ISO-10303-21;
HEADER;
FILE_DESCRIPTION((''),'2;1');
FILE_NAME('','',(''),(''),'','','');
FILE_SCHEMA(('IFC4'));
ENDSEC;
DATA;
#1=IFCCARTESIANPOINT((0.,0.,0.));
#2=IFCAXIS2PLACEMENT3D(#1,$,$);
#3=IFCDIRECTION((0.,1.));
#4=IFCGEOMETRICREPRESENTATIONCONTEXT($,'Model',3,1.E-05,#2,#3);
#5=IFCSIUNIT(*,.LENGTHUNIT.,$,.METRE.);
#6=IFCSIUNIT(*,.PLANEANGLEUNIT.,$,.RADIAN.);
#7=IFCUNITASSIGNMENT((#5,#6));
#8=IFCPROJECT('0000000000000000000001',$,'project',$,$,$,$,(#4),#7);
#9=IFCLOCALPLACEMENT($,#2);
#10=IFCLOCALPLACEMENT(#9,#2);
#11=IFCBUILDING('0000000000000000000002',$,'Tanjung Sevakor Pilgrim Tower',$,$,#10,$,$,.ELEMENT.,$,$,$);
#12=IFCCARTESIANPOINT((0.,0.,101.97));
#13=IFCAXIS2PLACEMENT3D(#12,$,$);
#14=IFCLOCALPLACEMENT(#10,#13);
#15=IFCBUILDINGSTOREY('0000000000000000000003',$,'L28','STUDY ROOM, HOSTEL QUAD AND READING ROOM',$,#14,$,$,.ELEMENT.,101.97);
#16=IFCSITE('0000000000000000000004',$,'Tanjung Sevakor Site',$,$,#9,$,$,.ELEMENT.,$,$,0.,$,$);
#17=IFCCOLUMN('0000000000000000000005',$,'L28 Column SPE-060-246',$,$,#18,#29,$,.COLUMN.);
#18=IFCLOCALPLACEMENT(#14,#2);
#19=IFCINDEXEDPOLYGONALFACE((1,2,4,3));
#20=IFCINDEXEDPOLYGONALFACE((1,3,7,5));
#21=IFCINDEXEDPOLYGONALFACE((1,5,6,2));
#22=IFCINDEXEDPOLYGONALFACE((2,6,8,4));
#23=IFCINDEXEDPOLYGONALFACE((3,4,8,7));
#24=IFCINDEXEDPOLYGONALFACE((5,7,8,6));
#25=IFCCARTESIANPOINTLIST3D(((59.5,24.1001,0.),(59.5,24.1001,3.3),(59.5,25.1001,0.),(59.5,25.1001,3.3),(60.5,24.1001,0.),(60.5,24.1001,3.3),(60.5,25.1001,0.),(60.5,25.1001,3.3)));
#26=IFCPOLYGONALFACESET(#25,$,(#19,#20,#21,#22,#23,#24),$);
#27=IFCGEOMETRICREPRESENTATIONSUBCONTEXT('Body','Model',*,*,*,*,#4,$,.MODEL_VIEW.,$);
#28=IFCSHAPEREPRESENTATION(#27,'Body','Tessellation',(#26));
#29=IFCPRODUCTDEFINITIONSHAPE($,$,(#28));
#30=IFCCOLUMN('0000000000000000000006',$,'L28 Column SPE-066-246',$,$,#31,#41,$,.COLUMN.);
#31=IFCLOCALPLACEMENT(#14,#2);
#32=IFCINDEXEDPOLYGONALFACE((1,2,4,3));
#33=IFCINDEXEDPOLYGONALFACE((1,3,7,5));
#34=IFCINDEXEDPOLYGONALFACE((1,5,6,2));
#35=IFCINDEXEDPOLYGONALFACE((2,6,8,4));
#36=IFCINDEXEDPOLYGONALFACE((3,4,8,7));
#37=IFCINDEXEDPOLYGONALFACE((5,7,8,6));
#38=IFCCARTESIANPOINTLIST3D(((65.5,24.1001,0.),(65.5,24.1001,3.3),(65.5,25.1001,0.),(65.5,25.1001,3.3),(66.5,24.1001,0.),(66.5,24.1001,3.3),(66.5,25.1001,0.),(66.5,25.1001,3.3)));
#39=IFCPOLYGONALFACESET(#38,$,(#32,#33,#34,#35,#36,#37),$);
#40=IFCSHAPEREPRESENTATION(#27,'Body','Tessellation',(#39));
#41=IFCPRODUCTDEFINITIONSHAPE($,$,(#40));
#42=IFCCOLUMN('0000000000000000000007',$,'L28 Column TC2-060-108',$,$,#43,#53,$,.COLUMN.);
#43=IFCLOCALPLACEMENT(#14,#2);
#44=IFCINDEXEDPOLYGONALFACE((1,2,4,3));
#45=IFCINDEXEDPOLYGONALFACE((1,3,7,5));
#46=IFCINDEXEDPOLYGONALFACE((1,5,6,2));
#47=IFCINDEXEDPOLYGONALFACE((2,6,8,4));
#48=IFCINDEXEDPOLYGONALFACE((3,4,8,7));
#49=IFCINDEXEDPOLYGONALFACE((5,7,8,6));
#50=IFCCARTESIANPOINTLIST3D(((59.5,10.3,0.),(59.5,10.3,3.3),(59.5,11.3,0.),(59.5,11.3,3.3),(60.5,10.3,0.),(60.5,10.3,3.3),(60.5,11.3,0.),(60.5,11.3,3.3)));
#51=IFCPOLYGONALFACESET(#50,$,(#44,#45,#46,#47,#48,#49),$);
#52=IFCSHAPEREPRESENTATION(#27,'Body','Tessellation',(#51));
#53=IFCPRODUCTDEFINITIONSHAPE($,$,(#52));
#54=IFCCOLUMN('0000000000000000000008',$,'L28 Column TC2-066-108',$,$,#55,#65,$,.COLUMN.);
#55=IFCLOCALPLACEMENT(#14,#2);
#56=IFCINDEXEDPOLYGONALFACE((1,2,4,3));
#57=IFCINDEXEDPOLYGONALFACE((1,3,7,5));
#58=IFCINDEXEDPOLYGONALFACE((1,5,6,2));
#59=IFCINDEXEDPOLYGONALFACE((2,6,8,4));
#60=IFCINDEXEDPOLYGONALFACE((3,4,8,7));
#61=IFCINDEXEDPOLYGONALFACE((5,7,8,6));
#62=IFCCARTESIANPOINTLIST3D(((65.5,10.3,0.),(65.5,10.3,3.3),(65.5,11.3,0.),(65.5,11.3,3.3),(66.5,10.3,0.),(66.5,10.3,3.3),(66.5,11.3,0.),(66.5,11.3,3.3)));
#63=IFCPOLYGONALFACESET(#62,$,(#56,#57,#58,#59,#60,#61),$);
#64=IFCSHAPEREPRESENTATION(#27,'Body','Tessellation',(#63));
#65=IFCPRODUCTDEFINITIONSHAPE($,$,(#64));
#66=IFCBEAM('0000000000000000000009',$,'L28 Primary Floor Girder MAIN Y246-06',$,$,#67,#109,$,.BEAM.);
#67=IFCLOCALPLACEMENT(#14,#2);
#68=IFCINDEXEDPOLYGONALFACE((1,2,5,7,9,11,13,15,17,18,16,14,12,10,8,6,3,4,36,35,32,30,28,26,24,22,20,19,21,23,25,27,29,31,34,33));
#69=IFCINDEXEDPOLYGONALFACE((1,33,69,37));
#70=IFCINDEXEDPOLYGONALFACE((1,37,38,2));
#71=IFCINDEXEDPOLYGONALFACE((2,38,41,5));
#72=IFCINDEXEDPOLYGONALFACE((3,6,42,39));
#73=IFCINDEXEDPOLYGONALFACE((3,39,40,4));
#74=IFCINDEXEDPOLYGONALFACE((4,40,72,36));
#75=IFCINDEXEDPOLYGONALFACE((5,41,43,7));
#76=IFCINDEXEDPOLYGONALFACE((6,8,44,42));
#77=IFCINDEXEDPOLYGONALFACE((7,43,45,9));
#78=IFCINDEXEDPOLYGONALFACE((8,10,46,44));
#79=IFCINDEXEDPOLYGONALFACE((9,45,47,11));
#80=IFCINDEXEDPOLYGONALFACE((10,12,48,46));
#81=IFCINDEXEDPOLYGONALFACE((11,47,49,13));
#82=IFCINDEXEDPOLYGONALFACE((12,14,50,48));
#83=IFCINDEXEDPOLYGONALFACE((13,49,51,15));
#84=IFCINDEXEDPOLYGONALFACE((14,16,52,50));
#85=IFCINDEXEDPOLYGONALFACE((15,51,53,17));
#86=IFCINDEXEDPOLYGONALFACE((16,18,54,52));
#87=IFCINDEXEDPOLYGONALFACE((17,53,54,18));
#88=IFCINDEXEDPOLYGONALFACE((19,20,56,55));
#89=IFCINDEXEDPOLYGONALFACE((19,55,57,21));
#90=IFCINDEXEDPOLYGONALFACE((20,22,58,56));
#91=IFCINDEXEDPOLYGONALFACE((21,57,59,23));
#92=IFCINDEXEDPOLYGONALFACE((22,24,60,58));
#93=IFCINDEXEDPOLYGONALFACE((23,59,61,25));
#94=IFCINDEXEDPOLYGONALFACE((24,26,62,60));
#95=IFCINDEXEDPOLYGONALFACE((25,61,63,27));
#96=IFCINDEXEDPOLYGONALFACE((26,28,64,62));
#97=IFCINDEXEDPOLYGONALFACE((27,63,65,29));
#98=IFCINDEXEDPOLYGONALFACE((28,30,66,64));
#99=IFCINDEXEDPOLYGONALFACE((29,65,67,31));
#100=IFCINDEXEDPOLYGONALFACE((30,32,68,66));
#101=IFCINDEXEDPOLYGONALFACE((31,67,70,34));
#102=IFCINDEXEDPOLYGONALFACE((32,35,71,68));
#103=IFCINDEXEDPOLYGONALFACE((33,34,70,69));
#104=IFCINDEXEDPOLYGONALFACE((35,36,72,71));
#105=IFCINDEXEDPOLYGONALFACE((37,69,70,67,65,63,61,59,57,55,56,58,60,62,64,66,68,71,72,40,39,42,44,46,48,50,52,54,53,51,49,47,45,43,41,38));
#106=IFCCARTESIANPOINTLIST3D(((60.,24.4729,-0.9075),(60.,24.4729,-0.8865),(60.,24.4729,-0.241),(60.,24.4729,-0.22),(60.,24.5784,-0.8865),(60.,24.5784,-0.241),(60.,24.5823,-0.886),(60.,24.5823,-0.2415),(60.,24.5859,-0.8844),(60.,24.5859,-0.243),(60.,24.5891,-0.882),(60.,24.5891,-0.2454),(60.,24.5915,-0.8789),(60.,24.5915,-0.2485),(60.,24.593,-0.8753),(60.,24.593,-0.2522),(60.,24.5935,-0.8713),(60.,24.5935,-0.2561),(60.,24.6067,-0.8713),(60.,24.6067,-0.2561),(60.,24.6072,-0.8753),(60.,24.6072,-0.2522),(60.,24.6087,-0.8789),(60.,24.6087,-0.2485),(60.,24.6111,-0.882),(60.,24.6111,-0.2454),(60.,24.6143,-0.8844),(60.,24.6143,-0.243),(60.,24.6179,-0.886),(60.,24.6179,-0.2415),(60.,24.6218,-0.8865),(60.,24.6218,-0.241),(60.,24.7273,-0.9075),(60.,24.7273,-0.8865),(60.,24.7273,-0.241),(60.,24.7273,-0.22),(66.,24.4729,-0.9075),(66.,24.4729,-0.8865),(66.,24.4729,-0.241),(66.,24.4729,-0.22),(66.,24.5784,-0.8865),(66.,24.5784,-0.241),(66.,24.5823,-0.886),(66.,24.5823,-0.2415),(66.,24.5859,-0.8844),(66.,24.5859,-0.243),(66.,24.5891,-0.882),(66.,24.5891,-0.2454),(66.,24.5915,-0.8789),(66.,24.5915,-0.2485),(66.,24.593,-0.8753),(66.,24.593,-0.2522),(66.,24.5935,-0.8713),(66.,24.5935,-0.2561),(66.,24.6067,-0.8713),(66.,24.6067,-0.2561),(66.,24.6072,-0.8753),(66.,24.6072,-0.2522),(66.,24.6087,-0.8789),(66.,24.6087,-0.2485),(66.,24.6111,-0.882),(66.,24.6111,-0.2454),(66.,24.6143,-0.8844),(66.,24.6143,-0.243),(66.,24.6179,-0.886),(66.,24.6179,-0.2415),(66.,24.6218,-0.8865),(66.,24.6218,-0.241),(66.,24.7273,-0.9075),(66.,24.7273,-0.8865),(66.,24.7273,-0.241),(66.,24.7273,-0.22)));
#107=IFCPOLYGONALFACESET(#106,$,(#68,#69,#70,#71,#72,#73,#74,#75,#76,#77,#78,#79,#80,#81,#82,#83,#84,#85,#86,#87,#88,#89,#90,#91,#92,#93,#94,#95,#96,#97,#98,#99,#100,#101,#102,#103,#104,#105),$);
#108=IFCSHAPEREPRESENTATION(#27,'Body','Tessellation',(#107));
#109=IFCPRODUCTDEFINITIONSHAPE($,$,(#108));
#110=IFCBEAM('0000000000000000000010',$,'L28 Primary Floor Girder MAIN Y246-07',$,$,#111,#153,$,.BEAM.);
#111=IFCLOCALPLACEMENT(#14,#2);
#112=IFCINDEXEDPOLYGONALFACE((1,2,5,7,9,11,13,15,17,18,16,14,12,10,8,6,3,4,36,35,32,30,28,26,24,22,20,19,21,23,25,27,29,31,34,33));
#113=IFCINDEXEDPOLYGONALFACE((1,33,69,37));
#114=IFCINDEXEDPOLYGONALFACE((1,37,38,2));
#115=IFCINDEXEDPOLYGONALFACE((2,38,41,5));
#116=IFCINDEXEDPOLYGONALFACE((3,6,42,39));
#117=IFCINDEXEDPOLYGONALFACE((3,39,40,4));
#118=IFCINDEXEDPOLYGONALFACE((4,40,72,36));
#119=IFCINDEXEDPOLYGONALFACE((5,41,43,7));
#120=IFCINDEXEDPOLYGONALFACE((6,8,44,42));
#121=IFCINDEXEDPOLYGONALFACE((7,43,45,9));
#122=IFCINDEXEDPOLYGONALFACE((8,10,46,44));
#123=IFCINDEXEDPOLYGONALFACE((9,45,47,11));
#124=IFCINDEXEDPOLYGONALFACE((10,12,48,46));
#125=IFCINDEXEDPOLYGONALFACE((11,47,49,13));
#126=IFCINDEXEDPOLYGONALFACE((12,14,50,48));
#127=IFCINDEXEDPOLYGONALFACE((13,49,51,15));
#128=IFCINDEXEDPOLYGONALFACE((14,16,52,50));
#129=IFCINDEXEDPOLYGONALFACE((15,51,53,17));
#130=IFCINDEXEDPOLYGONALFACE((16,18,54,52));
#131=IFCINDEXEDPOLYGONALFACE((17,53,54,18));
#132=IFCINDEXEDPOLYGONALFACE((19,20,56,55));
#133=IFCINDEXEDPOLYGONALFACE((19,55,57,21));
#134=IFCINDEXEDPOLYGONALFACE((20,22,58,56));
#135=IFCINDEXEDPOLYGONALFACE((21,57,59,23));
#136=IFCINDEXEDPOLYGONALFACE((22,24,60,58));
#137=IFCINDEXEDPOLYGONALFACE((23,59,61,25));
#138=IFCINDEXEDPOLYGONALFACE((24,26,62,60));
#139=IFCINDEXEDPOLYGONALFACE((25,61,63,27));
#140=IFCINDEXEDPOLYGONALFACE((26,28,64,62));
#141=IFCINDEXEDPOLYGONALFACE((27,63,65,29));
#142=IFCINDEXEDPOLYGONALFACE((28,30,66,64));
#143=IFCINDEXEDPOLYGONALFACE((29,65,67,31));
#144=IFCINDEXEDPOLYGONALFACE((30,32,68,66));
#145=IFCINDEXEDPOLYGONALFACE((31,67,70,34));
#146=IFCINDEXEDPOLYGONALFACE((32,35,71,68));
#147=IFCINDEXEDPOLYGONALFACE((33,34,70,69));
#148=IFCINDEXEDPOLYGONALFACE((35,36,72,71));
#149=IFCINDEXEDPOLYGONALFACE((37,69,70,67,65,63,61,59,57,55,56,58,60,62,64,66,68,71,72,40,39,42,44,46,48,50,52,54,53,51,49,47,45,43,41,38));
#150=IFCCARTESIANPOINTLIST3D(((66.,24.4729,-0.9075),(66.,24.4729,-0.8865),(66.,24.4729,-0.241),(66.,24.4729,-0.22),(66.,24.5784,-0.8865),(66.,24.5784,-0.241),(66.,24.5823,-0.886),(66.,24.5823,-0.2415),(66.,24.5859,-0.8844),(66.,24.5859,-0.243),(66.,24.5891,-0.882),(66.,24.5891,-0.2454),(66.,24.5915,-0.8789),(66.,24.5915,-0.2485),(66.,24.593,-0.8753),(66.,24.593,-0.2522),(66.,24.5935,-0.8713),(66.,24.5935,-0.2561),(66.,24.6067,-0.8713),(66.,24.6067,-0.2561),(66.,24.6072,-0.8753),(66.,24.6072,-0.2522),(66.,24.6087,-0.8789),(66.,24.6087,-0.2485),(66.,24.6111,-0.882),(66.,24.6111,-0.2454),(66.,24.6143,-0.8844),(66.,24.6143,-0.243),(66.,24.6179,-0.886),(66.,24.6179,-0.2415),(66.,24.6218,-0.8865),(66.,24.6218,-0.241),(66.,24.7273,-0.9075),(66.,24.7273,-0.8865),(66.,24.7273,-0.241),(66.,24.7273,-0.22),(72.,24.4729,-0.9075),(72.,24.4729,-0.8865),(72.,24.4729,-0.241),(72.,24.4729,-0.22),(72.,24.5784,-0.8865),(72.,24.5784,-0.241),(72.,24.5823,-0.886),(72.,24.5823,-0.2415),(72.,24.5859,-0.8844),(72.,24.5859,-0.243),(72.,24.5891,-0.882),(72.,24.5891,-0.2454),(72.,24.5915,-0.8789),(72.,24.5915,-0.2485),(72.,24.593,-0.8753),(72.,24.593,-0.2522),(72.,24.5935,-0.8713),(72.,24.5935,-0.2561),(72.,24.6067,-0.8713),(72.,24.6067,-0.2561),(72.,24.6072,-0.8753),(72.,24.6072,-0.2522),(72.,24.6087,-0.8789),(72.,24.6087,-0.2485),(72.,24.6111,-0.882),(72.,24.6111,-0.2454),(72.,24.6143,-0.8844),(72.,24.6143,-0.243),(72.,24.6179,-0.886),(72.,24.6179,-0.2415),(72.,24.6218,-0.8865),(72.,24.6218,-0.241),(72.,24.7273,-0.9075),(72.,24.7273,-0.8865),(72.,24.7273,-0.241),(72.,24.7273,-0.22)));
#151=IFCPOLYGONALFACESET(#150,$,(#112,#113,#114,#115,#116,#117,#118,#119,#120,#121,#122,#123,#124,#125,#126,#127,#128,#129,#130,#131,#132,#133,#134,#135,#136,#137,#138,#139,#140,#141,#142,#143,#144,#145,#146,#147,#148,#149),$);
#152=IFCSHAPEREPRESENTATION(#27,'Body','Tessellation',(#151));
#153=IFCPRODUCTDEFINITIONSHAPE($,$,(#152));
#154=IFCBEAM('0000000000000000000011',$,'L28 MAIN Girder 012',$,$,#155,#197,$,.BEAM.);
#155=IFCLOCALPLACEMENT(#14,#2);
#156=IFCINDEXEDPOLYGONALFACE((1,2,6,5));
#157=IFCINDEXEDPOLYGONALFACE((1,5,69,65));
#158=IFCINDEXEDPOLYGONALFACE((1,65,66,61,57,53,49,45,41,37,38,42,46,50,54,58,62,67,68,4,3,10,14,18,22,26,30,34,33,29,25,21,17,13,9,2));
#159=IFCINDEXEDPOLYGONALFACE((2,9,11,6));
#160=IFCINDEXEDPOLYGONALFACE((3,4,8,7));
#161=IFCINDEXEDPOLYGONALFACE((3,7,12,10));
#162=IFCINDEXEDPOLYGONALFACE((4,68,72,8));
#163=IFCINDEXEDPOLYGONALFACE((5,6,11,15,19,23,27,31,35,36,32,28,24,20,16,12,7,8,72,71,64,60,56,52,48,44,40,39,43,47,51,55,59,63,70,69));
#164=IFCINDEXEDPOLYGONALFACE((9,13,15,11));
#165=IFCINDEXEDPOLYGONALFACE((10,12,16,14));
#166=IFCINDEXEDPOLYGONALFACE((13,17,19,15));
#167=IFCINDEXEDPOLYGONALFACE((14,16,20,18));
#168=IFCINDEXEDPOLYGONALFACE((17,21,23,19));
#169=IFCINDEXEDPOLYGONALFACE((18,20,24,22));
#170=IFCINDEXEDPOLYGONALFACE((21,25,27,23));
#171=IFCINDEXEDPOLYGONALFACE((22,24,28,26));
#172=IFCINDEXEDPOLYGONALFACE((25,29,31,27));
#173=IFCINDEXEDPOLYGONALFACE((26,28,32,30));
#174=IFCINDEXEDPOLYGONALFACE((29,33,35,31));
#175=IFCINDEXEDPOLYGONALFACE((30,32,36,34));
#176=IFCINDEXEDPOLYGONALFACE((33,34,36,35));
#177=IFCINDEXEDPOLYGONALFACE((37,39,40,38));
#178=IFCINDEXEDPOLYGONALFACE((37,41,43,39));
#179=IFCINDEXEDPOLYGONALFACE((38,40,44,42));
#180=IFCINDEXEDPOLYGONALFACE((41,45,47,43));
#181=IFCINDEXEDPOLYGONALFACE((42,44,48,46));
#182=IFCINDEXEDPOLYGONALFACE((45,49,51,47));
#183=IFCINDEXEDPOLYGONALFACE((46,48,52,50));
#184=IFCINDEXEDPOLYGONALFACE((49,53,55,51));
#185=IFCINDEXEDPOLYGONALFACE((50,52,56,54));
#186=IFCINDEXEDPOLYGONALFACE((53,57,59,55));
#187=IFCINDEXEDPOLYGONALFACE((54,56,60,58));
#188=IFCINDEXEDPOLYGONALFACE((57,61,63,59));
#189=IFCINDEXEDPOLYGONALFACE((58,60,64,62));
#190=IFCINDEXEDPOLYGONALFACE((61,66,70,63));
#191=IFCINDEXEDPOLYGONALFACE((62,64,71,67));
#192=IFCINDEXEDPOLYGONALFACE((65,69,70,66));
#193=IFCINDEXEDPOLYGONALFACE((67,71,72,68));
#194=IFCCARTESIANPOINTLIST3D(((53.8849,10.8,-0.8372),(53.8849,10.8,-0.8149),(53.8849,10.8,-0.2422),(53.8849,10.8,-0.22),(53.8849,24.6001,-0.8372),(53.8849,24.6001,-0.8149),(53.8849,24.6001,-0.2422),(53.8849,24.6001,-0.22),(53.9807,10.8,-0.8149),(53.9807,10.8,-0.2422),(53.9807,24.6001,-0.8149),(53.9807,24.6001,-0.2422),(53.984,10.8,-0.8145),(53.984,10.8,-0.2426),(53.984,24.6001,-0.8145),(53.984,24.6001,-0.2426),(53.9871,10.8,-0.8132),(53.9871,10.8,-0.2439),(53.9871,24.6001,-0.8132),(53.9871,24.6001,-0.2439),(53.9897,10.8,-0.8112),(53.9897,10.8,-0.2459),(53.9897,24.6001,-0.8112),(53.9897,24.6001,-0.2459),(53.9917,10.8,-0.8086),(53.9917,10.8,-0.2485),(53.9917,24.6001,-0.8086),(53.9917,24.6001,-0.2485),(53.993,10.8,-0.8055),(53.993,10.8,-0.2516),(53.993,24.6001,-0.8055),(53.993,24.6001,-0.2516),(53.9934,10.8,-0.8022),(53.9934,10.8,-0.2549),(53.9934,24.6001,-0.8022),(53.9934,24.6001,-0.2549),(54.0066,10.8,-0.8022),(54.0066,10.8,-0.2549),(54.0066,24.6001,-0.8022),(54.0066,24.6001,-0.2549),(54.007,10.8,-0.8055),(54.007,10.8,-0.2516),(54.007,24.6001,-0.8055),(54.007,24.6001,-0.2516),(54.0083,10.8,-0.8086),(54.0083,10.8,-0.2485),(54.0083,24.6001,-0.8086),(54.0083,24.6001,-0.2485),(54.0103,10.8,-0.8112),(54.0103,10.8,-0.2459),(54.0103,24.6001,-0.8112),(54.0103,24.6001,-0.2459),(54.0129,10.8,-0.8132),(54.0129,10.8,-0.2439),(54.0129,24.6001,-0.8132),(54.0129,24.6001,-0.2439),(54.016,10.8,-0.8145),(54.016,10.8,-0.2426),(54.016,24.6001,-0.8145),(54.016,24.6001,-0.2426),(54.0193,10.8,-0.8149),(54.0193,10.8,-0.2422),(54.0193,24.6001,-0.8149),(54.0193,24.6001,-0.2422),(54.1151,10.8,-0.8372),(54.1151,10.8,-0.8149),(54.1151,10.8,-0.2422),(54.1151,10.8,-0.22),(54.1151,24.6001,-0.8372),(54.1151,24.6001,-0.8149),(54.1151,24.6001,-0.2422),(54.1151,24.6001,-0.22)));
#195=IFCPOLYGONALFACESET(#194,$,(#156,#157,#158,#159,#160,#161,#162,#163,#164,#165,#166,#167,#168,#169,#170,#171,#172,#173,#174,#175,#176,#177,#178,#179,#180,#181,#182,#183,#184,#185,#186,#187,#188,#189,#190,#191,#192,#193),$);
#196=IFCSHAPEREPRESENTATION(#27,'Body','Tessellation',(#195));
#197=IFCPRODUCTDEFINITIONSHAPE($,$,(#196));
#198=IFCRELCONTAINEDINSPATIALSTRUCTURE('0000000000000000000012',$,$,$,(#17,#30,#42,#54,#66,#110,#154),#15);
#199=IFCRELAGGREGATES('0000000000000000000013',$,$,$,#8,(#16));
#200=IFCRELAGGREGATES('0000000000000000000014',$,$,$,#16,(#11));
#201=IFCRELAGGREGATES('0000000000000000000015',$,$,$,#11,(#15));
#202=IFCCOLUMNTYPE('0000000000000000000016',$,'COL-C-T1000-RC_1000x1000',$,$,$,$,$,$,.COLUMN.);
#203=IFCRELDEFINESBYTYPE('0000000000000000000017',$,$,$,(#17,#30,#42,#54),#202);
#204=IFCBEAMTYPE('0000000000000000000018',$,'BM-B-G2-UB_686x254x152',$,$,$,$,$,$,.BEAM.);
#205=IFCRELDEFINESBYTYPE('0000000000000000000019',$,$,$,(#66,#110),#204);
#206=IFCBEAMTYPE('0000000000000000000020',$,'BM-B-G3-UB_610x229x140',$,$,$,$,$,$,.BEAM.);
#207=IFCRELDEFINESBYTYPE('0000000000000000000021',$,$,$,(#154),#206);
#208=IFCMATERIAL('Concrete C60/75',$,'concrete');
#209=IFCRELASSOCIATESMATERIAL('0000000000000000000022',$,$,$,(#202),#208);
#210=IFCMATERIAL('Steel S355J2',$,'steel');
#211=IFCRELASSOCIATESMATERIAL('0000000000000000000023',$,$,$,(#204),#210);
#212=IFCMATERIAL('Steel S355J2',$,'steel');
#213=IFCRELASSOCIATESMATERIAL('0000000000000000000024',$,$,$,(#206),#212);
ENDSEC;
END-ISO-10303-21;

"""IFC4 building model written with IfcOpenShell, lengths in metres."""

from ifc_helpers import new_model, si_unit, direction, frame, origin, origin_2d, place, context, subcontext, project, spatial, rectangle, i_section, extrude, material, material_profile, profile_set, type_object, element, save


model = new_model("IFC4")

# Units and contexts
model_context = context("Model", 3, precision=1e-05, world=origin(), true_north=direction((0.0, 1.0)))
body_context = subcontext(model_context, "Body", "Model", "MODEL_VIEW")
ifc_project = project(units=[si_unit("LENGTHUNIT", "METRE"), si_unit("PLANEANGLEUNIT", "RADIAN")], contexts=[model_context])

# Site, building, storey
site_placement = place(None, origin())
site = spatial("IfcSite", under=ifc_project, at=site_placement, Name="Tanjung Sevakor Site", CompositionType="ELEMENT", RefElevation=0.0)
building_placement = place(site_placement, origin())
building = spatial("IfcBuilding", under=site, at=building_placement, Name="Tanjung Sevakor Pilgrim Tower", CompositionType="ELEMENT")
storey_placement = place(building_placement, frame((0.0, 0.0, 101.97)))
storey = spatial("IfcBuildingStorey", under=building, at=storey_placement, Name="L28", Description="STUDY ROOM, HOSTEL QUAD AND READING ROOM", CompositionType="ELEMENT", Elevation=101.97)

# Columns
ifc_material_1 = material(Name="Concrete C60/75", Category="concrete")
ifc_material_profile_1 = material_profile(ifc_material_1, rectangle(XDim=1.0, YDim=1.0, at=origin_2d()))
ifc_profile_set_1 = profile_set([ifc_material_profile_1], Name="Concrete C60/75")
column_type = type_object("IfcColumnType", Name="COL-C-T1000-RC_1000x1000", PredefinedType="COLUMN", material=ifc_profile_set_1)
for number, where, z_axis, x_axis, name in (
    (1, (60.0, 24.6001, 0.0), (0.0, 0.0, 1.0), (1.0, 0.0, 0.0), "L28 Column SPE-060-246"),
    (2, (66.0, 24.6001, 0.0), (0.0, 0.0, 1.0), (1.0, 0.0, 0.0), "L28 Column SPE-066-246"),
    (3, (60.0, 10.8, 0.0), (0.0, 0.0, 1.0), (1.0, 0.0, 0.0), "L28 Column TC2-060-108"),
    (4, (66.0, 10.8, 0.0), (0.0, 0.0, 1.0), (1.0, 0.0, 0.0), "L28 Column TC2-066-108"),
):
    element("IfcColumn", number, at=place(storey_placement, frame(where, z_axis=z_axis, x_axis=x_axis)), inside=storey, type_object=column_type, Name=name, PredefinedType="COLUMN", context=body_context, shape_type="SweptSolid", body=[
        extrude(rectangle(XDim=1.0, YDim=1.0, at=origin_2d()), origin(), (0.0, 0.0, 1.0), 3.3),
    ])

# Beams
ifc_material_2 = material(Name="Steel S355J2", Category="steel")
ifc_material_profile_2 = material_profile(ifc_material_2, i_section(OverallWidth=0.2544, OverallDepth=0.6875, WebThickness=0.0132, FlangeThickness=0.021, FilletRadius=0.0151, at=origin_2d()))
ifc_profile_set_2 = profile_set([ifc_material_profile_2], Name="Steel S355J2")
beam_type_1 = type_object("IfcBeamType", Name="BM-B-G2-UB_686x254x152", PredefinedType="BEAM", material=ifc_profile_set_2)
for number, where, z_axis, x_axis, name in (
    (5, (60.0, 24.6001, -0.5637), (1.0, 0.0, 0.0), (0.0, 1.0, 0.0), "L28 Primary Floor Girder MAIN Y246-06"),
    (6, (66.0, 24.6001, -0.5637), (1.0, 0.0, 0.0), (0.0, 1.0, 0.0), "L28 Primary Floor Girder MAIN Y246-07"),
):
    element("IfcBeam", number, at=place(storey_placement, frame(where, z_axis=z_axis, x_axis=x_axis)), inside=storey, type_object=beam_type_1, Name=name, PredefinedType="BEAM", context=body_context, shape_type="SweptSolid", body=[
        extrude(i_section(OverallWidth=0.2544, OverallDepth=0.6875, WebThickness=0.0132, FlangeThickness=0.021, FilletRadius=0.0151, at=origin_2d()), origin(), (0.0, 0.0, 1.0), 6.0),
    ])
ifc_material_3 = material(Name="Steel S355J2", Category="steel")
ifc_material_profile_3 = material_profile(ifc_material_3, i_section(OverallWidth=0.2302, OverallDepth=0.6172, WebThickness=0.0132, FlangeThickness=0.0222, FilletRadius=0.0127, at=origin_2d()))
ifc_profile_set_3 = profile_set([ifc_material_profile_3], Name="Steel S355J2")
beam_type_2 = type_object("IfcBeamType", Name="BM-B-G3-UB_610x229x140", PredefinedType="BEAM", material=ifc_profile_set_3)
beam_1_placement = place(storey_placement, frame((54.0, 10.8, -0.5286), z_axis=(0.0, 1.0, 0.0), x_axis=(-1.0, 0.0, 0.0)))
element("IfcBeam", 7, at=beam_1_placement, inside=storey, type_object=beam_type_2, Name="L28 MAIN Girder 012", PredefinedType="BEAM", context=body_context, shape_type="SweptSolid", body=[
    extrude(i_section(OverallWidth=0.2302, OverallDepth=0.6172, WebThickness=0.0132, FlangeThickness=0.0222, FilletRadius=0.0127, at=origin_2d()), origin(), (0.0, 0.0, 1.0), 13.8),
])

save(model, "model.ifc")
